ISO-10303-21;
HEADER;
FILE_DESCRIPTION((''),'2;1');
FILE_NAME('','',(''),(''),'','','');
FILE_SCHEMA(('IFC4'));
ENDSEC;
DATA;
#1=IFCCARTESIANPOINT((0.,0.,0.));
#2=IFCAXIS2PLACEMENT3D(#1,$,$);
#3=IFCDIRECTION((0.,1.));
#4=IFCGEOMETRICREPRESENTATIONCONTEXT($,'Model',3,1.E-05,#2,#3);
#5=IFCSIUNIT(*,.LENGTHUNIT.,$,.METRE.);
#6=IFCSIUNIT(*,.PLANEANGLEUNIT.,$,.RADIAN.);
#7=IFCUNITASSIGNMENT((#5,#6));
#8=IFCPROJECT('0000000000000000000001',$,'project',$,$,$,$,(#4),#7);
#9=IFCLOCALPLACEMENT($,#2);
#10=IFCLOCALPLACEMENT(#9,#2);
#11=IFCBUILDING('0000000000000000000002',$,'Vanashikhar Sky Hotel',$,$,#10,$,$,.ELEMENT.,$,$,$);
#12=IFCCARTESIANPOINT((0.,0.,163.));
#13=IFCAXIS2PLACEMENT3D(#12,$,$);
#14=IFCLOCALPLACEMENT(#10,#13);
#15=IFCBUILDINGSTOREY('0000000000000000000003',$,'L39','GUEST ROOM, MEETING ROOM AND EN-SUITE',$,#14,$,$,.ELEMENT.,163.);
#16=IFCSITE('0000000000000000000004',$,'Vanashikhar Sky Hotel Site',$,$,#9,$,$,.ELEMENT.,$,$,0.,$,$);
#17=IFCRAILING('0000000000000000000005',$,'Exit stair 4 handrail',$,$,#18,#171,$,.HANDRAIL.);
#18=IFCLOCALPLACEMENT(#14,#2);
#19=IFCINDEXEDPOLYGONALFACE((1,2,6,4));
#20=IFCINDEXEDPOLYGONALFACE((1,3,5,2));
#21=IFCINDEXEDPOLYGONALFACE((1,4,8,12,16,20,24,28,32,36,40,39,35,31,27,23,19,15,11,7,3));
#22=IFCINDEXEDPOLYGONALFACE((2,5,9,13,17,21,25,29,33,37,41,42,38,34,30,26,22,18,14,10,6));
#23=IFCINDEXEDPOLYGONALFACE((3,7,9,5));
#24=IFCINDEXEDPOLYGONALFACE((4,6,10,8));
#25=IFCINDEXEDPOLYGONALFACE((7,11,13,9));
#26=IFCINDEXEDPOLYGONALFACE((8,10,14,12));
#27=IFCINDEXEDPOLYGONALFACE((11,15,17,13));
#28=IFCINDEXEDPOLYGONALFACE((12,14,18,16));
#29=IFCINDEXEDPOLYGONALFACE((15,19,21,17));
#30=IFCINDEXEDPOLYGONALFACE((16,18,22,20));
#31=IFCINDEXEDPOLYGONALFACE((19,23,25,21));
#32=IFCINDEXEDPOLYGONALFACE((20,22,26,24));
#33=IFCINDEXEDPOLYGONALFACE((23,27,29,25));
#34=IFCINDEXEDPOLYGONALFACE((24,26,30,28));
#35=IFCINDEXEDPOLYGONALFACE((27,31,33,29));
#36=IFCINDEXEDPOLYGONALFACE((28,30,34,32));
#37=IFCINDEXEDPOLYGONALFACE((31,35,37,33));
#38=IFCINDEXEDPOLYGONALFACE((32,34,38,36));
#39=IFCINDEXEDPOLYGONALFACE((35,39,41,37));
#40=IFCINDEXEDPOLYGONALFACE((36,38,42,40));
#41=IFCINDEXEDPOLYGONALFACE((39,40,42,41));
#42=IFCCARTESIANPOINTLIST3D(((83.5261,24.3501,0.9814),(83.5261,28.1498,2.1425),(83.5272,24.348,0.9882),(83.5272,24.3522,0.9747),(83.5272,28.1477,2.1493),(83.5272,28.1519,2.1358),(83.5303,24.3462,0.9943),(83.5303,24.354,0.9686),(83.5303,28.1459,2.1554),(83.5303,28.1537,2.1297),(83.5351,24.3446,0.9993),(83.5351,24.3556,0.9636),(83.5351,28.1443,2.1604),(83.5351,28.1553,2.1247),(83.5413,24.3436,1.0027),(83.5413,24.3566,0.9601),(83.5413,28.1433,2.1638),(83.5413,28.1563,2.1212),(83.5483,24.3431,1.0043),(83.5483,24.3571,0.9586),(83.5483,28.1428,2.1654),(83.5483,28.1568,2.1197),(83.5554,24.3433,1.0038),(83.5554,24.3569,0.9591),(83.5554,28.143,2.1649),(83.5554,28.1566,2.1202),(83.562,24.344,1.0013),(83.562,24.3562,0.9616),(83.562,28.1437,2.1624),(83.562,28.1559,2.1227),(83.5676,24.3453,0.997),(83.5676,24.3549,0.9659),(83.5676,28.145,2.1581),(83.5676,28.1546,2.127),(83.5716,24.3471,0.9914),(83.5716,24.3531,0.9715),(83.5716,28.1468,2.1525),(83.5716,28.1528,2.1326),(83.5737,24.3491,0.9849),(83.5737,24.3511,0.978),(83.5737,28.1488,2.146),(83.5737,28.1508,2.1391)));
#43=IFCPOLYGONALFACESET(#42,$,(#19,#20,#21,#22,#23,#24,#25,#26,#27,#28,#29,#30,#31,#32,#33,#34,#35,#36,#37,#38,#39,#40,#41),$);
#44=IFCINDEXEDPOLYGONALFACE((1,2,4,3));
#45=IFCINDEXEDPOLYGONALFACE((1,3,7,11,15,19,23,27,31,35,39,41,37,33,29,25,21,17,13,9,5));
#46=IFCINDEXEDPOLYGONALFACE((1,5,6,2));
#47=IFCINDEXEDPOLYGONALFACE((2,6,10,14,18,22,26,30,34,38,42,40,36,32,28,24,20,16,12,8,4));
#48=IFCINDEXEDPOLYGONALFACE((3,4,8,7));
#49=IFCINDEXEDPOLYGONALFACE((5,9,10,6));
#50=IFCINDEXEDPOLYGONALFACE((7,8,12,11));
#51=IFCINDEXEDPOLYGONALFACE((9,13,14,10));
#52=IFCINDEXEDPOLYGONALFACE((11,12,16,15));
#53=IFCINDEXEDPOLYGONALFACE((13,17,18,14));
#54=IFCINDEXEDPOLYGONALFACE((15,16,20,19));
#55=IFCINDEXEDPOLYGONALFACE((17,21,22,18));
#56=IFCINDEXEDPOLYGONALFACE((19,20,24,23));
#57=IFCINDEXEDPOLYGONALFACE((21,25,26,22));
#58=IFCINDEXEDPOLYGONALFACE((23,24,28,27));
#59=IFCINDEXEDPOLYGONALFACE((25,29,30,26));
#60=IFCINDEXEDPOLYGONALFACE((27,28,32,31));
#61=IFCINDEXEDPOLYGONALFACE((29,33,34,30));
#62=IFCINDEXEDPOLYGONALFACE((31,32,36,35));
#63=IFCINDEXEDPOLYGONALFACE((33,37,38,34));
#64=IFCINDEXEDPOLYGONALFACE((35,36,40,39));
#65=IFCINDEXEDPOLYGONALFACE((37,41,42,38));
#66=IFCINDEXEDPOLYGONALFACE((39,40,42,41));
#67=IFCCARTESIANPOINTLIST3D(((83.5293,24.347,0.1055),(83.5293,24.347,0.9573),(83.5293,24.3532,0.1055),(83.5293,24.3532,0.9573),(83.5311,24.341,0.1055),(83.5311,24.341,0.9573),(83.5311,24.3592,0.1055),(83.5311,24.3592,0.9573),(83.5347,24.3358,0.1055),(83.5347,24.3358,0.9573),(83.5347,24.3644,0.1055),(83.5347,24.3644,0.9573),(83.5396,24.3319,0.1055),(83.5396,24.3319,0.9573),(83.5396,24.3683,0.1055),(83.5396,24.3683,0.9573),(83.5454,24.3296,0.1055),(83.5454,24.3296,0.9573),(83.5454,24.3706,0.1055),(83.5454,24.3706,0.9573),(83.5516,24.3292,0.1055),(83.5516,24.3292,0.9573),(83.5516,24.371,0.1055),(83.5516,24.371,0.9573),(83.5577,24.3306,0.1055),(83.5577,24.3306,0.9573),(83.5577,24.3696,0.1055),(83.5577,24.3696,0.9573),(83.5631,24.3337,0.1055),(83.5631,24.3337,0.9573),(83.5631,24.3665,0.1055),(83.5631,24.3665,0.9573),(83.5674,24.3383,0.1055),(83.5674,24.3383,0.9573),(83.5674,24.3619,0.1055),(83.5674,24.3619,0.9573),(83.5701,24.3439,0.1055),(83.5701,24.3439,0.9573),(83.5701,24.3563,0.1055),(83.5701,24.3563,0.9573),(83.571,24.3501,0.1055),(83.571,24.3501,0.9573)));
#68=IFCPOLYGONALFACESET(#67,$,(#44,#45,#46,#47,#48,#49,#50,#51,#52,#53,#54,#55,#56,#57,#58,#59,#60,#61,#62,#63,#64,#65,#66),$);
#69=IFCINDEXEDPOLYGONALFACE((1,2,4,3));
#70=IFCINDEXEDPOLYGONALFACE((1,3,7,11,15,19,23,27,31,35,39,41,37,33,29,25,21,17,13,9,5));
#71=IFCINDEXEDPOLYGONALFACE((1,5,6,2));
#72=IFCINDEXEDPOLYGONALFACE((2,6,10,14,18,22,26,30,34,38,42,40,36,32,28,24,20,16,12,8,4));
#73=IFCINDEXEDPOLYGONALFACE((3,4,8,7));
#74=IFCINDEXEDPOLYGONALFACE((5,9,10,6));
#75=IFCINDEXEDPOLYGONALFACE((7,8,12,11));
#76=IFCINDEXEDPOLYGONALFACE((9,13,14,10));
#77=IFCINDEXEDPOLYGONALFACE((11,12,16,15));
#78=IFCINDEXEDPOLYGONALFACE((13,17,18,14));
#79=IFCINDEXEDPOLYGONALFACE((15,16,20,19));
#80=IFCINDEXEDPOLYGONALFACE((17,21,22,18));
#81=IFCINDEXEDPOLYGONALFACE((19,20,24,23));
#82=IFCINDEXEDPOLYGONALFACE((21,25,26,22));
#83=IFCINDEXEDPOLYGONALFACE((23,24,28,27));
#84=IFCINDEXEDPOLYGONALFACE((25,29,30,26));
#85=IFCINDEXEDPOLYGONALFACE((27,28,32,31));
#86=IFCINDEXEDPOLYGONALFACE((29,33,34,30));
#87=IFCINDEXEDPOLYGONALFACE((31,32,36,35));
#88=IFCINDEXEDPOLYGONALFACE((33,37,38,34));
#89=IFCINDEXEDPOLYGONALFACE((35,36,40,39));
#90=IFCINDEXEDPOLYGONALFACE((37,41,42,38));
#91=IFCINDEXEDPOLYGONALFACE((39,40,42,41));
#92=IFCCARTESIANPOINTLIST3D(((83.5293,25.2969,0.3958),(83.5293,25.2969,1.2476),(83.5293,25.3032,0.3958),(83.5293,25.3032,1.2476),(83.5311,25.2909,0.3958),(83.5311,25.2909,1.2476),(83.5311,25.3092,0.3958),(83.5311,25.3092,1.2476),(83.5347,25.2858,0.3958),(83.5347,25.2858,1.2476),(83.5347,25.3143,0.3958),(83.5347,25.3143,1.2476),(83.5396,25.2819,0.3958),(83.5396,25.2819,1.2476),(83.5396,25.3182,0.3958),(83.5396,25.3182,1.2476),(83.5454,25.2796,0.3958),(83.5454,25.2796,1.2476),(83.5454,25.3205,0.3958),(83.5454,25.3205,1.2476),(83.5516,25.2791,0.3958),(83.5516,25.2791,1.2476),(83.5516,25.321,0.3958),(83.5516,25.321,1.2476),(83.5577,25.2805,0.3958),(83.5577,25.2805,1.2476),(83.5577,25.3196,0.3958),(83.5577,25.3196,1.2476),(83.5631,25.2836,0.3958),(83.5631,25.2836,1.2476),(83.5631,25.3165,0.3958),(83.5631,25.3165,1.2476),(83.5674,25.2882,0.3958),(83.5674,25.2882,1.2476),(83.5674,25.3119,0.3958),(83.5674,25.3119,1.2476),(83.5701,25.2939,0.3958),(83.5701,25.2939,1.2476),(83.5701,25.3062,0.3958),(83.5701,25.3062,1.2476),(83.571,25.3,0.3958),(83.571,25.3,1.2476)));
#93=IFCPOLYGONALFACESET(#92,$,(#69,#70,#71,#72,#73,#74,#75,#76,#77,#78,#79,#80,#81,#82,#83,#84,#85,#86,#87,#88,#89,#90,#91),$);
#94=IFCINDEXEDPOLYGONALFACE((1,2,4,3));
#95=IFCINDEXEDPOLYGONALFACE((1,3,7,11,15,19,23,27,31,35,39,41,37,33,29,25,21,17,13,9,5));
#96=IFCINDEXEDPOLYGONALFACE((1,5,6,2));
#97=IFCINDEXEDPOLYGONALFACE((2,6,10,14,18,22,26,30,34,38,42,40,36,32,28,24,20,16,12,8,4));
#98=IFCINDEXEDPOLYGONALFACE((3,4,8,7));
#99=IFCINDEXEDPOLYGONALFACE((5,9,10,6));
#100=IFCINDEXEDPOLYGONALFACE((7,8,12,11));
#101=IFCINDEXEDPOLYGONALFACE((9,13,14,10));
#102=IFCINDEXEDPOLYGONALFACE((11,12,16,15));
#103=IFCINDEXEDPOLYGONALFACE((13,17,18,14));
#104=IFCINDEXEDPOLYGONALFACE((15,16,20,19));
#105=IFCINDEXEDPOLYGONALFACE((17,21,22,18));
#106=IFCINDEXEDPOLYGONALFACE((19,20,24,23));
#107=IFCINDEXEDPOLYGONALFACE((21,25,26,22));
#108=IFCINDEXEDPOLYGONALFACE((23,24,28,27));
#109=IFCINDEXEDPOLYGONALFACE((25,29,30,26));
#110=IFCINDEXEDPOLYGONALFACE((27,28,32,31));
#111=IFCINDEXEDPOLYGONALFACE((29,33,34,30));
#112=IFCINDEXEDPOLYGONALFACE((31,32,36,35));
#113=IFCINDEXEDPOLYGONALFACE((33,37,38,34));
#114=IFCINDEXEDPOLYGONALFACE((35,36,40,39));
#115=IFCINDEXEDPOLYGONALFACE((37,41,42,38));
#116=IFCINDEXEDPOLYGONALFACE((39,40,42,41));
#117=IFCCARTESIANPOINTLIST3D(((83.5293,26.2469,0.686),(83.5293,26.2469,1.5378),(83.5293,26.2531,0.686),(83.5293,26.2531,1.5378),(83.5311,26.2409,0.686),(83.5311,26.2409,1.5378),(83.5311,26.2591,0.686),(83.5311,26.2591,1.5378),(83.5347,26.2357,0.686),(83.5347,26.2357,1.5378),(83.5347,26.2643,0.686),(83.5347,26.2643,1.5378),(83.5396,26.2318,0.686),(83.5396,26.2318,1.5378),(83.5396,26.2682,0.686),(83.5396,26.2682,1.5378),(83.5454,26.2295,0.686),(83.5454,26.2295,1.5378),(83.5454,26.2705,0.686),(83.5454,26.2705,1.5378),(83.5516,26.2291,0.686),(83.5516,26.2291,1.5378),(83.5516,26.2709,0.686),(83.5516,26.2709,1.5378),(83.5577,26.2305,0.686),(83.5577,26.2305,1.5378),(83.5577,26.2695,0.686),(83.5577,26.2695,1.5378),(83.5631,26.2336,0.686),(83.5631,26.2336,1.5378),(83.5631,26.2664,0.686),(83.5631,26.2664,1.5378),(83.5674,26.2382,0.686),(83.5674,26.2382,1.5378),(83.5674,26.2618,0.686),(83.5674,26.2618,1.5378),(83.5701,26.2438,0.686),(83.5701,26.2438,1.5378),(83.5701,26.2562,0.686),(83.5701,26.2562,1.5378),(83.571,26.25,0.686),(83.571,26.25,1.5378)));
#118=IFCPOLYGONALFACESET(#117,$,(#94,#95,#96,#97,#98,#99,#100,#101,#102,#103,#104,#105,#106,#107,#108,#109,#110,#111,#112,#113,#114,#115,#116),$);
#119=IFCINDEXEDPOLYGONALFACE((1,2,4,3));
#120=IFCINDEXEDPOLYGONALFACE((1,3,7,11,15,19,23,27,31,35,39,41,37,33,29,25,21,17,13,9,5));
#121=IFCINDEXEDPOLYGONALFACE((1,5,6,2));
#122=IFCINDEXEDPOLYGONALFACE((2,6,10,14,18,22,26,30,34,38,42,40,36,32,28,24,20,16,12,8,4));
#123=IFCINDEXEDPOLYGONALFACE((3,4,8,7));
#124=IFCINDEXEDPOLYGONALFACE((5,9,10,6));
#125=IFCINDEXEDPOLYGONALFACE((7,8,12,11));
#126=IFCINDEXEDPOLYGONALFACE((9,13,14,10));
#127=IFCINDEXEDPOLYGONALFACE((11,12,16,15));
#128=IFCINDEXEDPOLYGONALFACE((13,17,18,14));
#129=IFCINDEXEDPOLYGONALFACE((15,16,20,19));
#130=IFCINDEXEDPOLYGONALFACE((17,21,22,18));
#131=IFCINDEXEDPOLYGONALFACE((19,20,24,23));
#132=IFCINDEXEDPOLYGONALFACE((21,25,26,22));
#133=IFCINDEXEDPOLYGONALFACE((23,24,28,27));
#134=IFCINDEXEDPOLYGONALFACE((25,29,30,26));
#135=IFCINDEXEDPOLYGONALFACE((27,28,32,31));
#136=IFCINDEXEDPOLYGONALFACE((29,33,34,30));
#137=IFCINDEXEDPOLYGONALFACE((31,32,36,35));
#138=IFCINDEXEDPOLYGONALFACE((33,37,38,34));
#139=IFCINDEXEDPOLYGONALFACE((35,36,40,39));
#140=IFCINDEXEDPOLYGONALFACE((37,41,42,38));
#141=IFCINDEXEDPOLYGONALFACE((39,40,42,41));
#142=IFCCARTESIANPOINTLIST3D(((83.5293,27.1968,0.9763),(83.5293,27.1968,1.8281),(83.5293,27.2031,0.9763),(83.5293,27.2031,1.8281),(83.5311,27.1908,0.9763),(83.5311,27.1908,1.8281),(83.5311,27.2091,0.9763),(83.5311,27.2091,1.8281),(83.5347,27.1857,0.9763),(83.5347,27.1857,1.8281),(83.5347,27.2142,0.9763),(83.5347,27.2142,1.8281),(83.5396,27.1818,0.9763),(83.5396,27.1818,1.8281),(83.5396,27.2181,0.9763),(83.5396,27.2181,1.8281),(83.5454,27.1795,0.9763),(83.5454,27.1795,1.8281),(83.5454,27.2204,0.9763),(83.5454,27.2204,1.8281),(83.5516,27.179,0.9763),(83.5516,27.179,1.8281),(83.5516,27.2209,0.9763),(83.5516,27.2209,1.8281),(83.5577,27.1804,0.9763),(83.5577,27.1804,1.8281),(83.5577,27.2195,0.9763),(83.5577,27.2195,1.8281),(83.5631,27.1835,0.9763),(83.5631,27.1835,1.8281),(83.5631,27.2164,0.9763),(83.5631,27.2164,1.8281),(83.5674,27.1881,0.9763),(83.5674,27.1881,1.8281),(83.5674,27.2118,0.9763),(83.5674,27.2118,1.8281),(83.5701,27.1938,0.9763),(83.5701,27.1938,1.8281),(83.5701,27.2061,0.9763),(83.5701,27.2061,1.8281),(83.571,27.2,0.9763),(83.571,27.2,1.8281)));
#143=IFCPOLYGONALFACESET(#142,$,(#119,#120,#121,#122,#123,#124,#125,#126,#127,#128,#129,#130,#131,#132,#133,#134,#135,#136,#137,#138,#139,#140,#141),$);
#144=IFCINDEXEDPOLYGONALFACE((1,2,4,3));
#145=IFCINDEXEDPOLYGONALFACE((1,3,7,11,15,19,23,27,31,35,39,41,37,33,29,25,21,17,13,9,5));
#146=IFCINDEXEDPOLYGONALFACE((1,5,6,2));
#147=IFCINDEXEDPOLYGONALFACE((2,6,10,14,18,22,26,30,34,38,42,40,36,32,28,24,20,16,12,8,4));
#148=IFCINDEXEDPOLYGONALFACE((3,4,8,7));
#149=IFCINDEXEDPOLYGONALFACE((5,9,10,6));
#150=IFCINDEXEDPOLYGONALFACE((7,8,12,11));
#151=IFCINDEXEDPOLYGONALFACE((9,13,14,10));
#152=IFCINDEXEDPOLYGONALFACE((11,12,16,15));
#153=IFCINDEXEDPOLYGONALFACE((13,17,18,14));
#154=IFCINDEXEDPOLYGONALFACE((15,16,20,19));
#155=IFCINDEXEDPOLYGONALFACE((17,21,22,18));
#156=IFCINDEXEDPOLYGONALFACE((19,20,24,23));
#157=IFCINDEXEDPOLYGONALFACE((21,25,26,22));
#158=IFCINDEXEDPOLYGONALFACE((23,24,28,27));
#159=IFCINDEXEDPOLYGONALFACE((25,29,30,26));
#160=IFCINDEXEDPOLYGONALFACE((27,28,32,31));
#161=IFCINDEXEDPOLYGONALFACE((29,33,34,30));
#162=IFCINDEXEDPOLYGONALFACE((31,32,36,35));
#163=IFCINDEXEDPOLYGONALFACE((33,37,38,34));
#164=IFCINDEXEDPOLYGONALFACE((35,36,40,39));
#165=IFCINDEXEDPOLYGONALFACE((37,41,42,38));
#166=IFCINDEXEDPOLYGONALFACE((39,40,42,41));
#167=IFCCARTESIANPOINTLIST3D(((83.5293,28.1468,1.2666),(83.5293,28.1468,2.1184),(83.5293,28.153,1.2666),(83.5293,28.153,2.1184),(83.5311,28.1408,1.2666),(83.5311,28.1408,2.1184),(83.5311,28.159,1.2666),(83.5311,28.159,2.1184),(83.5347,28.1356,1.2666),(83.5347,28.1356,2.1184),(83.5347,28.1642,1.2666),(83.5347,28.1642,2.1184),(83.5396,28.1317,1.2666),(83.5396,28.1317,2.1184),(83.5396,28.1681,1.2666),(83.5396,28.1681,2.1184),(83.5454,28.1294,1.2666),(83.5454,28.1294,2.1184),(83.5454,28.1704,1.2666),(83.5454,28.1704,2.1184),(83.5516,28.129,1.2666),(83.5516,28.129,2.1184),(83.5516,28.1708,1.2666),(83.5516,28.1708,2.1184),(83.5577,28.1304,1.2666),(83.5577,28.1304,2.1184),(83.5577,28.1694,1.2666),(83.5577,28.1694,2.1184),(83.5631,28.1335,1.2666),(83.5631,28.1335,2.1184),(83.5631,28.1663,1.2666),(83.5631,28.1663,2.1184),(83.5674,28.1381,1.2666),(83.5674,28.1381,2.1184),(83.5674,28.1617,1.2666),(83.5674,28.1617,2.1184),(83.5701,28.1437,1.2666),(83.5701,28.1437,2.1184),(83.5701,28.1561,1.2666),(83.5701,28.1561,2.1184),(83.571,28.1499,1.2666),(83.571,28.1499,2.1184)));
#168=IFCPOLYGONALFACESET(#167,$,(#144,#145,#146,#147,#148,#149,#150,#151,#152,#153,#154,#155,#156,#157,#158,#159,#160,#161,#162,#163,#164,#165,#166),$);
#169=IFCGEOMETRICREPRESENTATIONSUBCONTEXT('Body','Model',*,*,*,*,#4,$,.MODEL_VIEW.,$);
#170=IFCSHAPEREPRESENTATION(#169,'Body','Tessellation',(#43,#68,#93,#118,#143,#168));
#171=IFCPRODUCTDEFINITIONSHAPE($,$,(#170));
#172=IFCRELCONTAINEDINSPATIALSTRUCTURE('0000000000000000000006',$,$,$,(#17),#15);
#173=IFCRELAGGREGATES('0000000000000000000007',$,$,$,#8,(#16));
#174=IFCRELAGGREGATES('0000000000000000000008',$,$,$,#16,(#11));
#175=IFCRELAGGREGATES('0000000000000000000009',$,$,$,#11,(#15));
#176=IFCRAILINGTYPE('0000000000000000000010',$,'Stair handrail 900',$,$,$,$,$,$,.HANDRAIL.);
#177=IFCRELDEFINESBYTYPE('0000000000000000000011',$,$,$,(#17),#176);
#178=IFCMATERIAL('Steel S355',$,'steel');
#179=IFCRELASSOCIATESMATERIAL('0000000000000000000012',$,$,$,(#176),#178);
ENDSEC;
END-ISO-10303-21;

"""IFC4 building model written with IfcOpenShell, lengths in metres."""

from ifc_helpers import new_model, si_unit, direction, frame, origin, origin_2d, place, context, subcontext, project, spatial, circle, extrude, source, transform, mapped, material, type_object, element, save


model = new_model("IFC4")

# Units and contexts
model_context = context("Model", 3, precision=1e-05, world=origin(), true_north=direction((0.0, 1.0)))
body_context = subcontext(model_context, "Body", "Model", "MODEL_VIEW")
ifc_project = project(units=[si_unit("LENGTHUNIT", "METRE"), si_unit("PLANEANGLEUNIT", "RADIAN")], contexts=[model_context])

# Site, building, storey
site_placement = place(None, origin())
site = spatial("IfcSite", under=ifc_project, at=site_placement, Name="Vanashikhar Sky Hotel Site", CompositionType="ELEMENT", RefElevation=0.0)
building_placement = place(site_placement, origin())
building = spatial("IfcBuilding", under=site, at=building_placement, Name="Vanashikhar Sky Hotel", CompositionType="ELEMENT")
storey_placement = place(building_placement, frame((0.0, 0.0, 163.0)))
storey = spatial("IfcBuildingStorey", under=building, at=storey_placement, Name="L39", Description="GUEST ROOM, MEETING ROOM AND EN-SUITE", CompositionType="ELEMENT", Elevation=163.0)

# Railing
ifc_material_1 = material(Name="Steel S355", Category="steel")
railing_type_1 = type_object("IfcRailingType", Name="Stair handrail 900", PredefinedType="HANDRAIL", material=ifc_material_1)
shared_shape_1 = source(origin(), body_context, "Body", "SweptSolid", [
    extrude(circle(Radius=0.0239, at=origin_2d()), frame((0.0, 0.0, 0.876), z_axis=(0.0, 0.956346, 0.292237), x_axis=(-1.0, 0.0, 0.0)), (0.0, 0.0, 1.0), 3.9731),
    extrude(circle(Radius=0.021, at=origin_2d()), origin(), (0.0, 0.0, 1.0), 0.8518),
    extrude(circle(Radius=0.021, at=origin_2d()), frame((0.0, 0.95, 0.2903)), (0.0, 0.0, 1.0), 0.8518),
    extrude(circle(Radius=0.021, at=origin_2d()), frame((0.0, 1.8999, 0.5806)), (0.0, 0.0, 1.0), 0.8518),
    extrude(circle(Radius=0.021, at=origin_2d()), frame((0.0, 2.8499, 0.8708)), (0.0, 0.0, 1.0), 0.8518),
    extrude(circle(Radius=0.021, at=origin_2d()), frame((0.0, 3.7998, 1.1611)), (0.0, 0.0, 1.0), 0.8518),
])
for number, where, name in (
    (1, (83.55, 24.3501, 0.1055), "Exit stair 4 handrail"),
):
    element("IfcRailing", number, at=place(storey_placement, frame(where)), inside=storey, type_object=railing_type_1, Name=name, PredefinedType="HANDRAIL", context=body_context, shape_type="MappedRepresentation", body=[
        mapped(shared_shape_1, transform((0.0, 0.0, 0.0), scale=1.0)),
    ])

save(model, "model.ifc")
